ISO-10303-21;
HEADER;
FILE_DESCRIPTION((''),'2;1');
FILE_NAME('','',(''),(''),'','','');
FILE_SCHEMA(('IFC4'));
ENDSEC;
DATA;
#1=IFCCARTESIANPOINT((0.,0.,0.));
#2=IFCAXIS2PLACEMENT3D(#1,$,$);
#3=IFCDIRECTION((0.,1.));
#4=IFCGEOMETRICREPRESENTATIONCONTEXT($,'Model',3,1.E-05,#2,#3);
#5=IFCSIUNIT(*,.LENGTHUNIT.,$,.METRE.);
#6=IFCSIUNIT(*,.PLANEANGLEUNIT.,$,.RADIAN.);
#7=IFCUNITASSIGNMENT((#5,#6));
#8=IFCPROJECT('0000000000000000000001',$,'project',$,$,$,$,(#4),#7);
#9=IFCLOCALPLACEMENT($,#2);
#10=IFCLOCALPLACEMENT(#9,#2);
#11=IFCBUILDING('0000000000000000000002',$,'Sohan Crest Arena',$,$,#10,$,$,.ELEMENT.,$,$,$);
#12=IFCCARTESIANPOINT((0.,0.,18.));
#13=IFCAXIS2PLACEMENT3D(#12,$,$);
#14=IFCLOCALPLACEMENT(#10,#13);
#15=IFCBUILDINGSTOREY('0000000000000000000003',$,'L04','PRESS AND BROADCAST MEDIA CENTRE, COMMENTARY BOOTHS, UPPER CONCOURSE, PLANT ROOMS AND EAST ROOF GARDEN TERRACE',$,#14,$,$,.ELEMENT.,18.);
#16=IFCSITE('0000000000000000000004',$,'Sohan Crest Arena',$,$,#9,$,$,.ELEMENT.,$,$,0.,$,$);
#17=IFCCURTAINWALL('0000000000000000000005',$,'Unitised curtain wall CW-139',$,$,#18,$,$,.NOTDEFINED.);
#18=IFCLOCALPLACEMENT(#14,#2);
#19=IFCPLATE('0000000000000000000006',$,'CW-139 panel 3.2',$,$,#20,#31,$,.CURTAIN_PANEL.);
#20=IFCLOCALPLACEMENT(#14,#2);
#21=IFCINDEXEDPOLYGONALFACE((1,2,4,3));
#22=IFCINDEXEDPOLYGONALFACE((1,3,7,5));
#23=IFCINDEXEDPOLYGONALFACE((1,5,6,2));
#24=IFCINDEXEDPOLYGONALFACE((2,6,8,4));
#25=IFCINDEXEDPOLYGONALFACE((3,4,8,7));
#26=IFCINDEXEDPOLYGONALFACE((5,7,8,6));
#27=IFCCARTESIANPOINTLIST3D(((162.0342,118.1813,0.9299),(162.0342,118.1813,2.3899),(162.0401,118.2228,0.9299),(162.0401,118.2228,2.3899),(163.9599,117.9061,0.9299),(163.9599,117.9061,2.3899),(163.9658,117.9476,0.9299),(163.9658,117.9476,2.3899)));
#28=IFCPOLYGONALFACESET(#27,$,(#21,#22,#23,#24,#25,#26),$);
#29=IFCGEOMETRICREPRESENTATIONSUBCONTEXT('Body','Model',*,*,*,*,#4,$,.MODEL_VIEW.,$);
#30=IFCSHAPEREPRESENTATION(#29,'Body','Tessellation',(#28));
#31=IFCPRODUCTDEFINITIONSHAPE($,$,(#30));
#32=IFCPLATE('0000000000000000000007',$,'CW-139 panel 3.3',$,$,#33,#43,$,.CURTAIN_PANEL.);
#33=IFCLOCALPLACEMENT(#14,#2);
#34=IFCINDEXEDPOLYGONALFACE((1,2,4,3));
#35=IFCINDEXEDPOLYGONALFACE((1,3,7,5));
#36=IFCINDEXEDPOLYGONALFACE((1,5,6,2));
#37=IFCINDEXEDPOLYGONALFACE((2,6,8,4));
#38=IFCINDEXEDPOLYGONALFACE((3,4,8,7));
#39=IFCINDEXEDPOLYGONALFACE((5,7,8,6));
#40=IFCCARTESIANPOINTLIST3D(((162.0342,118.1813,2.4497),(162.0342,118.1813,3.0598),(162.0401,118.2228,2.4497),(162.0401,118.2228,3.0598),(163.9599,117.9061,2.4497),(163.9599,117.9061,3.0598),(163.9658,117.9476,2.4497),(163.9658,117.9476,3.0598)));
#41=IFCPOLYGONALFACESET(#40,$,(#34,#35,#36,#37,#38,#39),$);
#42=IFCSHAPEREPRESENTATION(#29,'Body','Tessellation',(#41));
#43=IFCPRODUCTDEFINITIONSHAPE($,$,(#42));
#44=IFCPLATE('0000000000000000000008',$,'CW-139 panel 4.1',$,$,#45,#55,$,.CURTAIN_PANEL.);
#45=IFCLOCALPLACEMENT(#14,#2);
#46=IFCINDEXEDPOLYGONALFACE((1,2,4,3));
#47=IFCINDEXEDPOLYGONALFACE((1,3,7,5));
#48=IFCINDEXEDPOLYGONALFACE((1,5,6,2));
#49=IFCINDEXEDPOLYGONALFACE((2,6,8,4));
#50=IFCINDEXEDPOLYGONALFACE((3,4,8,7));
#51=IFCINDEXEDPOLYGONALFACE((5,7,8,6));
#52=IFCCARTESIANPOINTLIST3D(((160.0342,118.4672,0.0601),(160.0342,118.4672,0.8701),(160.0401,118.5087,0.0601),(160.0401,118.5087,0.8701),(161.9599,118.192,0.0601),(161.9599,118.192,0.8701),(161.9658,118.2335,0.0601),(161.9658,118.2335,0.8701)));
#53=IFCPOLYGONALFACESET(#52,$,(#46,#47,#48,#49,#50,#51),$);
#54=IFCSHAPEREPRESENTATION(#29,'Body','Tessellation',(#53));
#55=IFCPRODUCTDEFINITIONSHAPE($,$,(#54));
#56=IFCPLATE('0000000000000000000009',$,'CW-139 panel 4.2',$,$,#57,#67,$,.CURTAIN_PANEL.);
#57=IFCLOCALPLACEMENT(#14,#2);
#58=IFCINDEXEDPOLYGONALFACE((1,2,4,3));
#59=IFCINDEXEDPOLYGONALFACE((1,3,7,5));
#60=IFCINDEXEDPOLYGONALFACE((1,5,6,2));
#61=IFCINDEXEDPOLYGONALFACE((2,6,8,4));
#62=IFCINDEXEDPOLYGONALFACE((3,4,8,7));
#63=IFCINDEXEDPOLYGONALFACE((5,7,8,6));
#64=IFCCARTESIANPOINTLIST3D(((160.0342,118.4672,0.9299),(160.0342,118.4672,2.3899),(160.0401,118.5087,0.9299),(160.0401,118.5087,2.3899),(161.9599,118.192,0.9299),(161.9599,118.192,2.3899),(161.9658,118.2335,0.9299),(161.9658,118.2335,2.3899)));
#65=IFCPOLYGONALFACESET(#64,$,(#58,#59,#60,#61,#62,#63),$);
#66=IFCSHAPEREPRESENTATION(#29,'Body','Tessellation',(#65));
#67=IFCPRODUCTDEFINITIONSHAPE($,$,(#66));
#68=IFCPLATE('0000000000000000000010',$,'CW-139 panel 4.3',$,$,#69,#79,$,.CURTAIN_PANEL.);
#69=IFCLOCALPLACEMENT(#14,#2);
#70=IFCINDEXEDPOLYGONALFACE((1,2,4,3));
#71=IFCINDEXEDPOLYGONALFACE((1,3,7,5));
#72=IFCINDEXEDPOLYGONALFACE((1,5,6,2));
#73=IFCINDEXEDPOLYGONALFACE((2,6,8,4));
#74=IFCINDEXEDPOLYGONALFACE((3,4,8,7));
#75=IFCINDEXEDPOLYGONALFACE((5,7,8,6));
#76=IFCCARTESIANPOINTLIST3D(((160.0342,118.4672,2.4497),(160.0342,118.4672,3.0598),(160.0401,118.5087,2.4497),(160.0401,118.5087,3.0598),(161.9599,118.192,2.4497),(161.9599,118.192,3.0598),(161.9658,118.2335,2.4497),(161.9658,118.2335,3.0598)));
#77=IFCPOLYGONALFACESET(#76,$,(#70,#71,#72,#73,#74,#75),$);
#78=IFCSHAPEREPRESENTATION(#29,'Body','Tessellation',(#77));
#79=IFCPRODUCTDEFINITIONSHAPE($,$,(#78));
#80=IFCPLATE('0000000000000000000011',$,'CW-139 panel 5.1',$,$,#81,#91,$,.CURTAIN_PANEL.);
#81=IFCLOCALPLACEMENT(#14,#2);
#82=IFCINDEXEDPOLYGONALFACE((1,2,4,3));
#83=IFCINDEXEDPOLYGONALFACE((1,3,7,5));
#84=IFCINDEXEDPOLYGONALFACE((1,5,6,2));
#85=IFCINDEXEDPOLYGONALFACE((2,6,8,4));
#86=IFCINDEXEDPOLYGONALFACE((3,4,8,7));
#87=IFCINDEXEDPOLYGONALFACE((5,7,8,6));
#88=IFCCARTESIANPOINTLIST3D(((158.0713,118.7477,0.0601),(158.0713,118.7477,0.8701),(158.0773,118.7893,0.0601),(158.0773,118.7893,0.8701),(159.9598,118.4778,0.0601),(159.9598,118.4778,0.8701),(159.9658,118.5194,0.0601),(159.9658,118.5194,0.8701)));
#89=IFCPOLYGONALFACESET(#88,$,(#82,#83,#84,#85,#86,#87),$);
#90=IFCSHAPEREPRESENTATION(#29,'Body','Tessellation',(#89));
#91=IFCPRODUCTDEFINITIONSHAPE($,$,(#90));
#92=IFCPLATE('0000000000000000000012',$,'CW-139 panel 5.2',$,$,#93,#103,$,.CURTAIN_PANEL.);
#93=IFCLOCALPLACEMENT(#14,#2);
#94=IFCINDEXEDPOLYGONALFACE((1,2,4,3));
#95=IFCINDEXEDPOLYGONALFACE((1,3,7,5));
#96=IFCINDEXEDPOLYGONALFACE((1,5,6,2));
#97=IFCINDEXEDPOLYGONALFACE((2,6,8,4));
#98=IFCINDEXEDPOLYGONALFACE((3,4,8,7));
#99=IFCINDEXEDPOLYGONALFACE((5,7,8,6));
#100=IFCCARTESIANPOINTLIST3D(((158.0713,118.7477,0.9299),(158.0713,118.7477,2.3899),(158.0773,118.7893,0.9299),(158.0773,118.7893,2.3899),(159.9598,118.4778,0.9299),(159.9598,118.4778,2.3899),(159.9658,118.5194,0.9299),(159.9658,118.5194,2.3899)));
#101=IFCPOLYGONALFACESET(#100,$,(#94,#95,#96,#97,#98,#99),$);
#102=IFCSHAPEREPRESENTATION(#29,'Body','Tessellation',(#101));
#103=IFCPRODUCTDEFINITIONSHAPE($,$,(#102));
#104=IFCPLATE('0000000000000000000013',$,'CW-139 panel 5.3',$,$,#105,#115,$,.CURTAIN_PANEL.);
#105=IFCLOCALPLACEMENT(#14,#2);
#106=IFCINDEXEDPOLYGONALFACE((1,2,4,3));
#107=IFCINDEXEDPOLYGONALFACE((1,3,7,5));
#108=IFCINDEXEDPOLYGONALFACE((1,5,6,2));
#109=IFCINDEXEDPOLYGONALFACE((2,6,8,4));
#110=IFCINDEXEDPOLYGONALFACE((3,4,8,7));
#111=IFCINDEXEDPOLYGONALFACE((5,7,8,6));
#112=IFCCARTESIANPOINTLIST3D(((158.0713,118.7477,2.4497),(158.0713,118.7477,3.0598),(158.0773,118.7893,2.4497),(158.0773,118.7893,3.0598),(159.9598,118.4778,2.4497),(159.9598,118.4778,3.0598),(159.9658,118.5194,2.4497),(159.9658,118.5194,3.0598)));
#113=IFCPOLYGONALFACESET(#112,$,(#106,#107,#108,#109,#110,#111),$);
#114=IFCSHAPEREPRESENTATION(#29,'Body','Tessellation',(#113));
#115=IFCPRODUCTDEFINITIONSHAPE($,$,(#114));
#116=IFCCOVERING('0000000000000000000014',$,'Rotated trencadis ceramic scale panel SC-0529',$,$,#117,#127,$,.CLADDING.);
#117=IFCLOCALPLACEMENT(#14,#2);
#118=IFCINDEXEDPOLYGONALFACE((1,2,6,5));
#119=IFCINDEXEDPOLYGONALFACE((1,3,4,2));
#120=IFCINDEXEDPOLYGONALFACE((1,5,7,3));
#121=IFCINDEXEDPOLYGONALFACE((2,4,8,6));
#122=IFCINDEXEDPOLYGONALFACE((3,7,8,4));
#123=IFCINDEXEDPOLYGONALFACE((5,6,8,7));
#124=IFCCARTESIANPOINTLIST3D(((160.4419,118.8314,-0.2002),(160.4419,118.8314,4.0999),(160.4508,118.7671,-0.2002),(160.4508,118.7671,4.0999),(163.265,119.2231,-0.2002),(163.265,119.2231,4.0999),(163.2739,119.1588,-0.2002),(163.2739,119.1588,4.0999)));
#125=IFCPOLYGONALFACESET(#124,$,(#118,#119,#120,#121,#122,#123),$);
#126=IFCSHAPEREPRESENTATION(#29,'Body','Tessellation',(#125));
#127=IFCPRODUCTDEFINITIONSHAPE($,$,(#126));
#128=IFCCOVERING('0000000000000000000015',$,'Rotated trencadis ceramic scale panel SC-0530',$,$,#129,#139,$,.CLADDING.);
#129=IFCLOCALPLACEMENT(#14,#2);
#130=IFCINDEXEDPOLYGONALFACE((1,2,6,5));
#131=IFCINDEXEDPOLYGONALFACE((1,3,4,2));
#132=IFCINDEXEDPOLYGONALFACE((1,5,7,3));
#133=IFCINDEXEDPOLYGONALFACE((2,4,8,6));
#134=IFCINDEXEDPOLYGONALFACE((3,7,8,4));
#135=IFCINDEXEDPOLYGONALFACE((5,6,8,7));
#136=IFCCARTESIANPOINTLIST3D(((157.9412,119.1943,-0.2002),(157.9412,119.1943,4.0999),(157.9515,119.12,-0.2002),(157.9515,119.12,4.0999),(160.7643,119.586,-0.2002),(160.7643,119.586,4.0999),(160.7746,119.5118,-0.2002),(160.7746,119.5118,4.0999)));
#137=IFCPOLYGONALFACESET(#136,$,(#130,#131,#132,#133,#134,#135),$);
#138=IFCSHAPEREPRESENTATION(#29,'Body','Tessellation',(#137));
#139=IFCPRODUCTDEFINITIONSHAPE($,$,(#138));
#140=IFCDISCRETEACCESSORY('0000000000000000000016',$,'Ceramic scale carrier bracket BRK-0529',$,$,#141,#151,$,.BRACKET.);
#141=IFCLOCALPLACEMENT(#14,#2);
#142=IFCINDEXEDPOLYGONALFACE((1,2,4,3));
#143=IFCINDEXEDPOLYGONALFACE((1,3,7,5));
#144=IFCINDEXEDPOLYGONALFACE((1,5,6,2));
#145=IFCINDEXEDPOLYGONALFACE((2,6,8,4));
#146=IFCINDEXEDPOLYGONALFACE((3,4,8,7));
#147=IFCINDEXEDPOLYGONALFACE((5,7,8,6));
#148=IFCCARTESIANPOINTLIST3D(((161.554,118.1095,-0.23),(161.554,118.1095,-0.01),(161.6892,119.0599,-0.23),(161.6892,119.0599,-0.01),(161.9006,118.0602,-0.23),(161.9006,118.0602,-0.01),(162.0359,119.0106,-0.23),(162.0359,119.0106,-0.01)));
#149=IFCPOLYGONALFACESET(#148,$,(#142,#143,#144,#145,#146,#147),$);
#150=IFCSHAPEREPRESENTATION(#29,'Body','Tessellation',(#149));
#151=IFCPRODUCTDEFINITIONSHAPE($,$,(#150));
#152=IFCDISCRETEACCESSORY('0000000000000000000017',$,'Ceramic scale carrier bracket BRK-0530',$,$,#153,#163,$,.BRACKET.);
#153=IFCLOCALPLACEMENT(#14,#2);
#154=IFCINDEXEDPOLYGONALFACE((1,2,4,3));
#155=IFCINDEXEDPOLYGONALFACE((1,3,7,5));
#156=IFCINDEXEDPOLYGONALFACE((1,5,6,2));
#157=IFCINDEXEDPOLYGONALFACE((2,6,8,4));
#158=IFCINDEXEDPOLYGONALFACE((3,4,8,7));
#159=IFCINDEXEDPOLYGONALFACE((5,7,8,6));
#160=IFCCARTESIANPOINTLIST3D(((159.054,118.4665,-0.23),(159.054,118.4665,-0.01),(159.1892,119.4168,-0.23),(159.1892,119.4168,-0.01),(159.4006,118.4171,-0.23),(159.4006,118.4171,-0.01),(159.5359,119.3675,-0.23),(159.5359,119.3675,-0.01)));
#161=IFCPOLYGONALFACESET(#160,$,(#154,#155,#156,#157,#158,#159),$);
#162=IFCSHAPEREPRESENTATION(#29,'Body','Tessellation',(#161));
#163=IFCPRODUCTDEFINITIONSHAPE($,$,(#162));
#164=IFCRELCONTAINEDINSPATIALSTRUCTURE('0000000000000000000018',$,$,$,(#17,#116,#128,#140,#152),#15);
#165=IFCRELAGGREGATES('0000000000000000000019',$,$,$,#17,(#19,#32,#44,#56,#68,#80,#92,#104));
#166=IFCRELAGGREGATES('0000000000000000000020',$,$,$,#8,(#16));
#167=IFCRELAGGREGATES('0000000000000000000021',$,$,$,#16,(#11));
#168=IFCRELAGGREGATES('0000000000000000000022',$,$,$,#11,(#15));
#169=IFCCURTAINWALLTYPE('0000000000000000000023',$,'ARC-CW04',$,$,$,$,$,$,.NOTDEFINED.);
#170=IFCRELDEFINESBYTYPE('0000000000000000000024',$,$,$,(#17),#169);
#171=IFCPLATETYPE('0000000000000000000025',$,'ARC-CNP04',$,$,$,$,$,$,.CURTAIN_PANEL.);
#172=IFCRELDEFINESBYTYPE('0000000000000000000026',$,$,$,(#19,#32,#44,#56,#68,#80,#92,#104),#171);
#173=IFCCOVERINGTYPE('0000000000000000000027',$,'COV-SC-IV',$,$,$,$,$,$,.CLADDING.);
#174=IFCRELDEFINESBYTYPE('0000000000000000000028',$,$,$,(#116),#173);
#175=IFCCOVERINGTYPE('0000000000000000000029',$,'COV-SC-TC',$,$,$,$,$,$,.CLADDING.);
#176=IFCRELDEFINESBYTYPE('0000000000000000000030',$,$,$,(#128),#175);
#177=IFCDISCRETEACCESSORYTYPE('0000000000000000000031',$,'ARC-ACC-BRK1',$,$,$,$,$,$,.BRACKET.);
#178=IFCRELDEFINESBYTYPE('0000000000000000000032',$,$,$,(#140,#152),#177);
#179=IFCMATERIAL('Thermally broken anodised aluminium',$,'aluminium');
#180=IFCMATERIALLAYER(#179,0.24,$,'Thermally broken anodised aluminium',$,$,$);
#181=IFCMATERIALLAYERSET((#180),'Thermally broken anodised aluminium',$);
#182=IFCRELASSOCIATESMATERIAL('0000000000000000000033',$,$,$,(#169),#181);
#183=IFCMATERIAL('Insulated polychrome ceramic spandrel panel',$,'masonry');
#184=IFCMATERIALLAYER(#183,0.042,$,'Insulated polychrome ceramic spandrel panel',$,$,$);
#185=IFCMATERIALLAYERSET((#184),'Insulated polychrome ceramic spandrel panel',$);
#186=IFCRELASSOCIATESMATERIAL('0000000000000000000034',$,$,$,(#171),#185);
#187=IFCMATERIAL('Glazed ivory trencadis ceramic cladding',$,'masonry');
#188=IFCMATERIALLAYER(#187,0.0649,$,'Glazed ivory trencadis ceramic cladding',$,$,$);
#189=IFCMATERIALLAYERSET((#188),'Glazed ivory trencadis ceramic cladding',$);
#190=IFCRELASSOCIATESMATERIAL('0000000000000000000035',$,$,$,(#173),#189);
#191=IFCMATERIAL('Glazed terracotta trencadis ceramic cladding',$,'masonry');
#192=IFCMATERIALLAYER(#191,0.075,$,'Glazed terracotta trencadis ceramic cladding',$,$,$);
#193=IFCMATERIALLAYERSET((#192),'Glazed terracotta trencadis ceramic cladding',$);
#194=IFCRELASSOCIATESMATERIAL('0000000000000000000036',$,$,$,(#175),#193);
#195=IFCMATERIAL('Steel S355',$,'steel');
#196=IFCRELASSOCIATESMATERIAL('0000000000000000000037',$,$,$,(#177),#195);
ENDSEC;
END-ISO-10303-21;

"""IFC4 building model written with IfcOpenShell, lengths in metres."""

from ifc_helpers import new_model, si_unit, direction, frame, origin, origin_2d, place, context, subcontext, project, spatial, rectangle, extrude, material, layer, layer_set, type_object, element, aggregate, save


model = new_model("IFC4")

# Units and contexts
model_context = context("Model", 3, precision=1e-05, world=origin(), true_north=direction((0.0, 1.0)))
body_context = subcontext(model_context, "Body", "Model", "MODEL_VIEW")
ifc_project = project(units=[si_unit("LENGTHUNIT", "METRE"), si_unit("PLANEANGLEUNIT", "RADIAN")], contexts=[model_context])

# Site, building, storey
site_placement = place(None, origin())
site = spatial("IfcSite", under=ifc_project, at=site_placement, Name="Sohan Crest Arena", CompositionType="ELEMENT", RefElevation=0.0)
building_placement = place(site_placement, origin())
building = spatial("IfcBuilding", under=site, at=building_placement, Name="Sohan Crest Arena", CompositionType="ELEMENT")
storey_placement = place(building_placement, frame((0.0, 0.0, 18.0)))
storey = spatial("IfcBuildingStorey", under=building, at=storey_placement, Name="L04", Description="PRESS AND BROADCAST MEDIA CENTRE, COMMENTARY BOOTHS, UPPER CONCOURSE, PLANT ROOMS AND EAST ROOF GARDEN TERRACE", CompositionType="ELEMENT", Elevation=18.0)

# Curtain wall, plates
ifc_material_1 = material(Name="Thermally broken anodised aluminium", Category="aluminium")
ifc_layer_1 = layer(ifc_material_1, 0.24, Name="Thermally broken anodised aluminium")
ifc_layer_set_1 = layer_set([ifc_layer_1], Name="Thermally broken anodised aluminium")
curtain_wall_type = type_object("IfcCurtainWallType", Name="ARC-CW04", PredefinedType="NOTDEFINED", material=ifc_layer_set_1)
curtain_wall_placement = place(storey_placement, origin())
curtain_wall = element("IfcCurtainWall", 1, at=curtain_wall_placement, inside=storey, type_object=curtain_wall_type, Name="Unitised curtain wall CW-139", PredefinedType="NOTDEFINED")
ifc_material_2 = material(Name="Insulated polychrome ceramic spandrel panel", Category="masonry")
ifc_layer_2 = layer(ifc_material_2, 0.042, Name="Insulated polychrome ceramic spandrel panel")
ifc_layer_set_2 = layer_set([ifc_layer_2], Name="Insulated polychrome ceramic spandrel panel")
plate_type = type_object("IfcPlateType", Name="ARC-CNP04", PredefinedType="CURTAIN_PANEL", material=ifc_layer_set_2)
plate_1_placement = place(storey_placement, frame((163.0, 118.0645, 0.9299), z_axis=(0.0, 0.0, 1.0), x_axis=(-0.989944, 0.141463, 0.0)))
plate_1 = element("IfcPlate", 2, at=plate_1_placement, type_object=plate_type, Name="CW-139 panel 3.2", PredefinedType="CURTAIN_PANEL", context=body_context, shape_type="SweptSolid", body=[
    extrude(rectangle(XDim=1.9453, YDim=0.042, at=origin_2d()), origin(), (0.0, 0.0, 1.0), 1.46),
])
plate_2_placement = place(storey_placement, frame((163.0, 118.0645, 2.4497), z_axis=(0.0, 0.0, 1.0), x_axis=(-0.989944, 0.141463, 0.0)))
plate_2 = element("IfcPlate", 3, at=plate_2_placement, type_object=plate_type, Name="CW-139 panel 3.3", PredefinedType="CURTAIN_PANEL", context=body_context, shape_type="SweptSolid", body=[
    extrude(rectangle(XDim=1.9453, YDim=0.042, at=origin_2d()), origin(), (0.0, 0.0, 1.0), 0.6101),
])
plate_3_placement = place(storey_placement, frame((161.0, 118.3503, 0.0601), z_axis=(0.0, 0.0, 1.0), x_axis=(-0.989944, 0.141463, 0.0)))
plate_3 = element("IfcPlate", 4, at=plate_3_placement, type_object=plate_type, Name="CW-139 panel 4.1", PredefinedType="CURTAIN_PANEL", context=body_context, shape_type="SweptSolid", body=[
    extrude(rectangle(XDim=1.9453, YDim=0.042, at=origin_2d()), origin(), (0.0, 0.0, 1.0), 0.8101),
])
plate_4_placement = place(storey_placement, frame((161.0, 118.3503, 0.9299), z_axis=(0.0, 0.0, 1.0), x_axis=(-0.989944, 0.141463, 0.0)))
plate_4 = element("IfcPlate", 5, at=plate_4_placement, type_object=plate_type, Name="CW-139 panel 4.2", PredefinedType="CURTAIN_PANEL", context=body_context, shape_type="SweptSolid", body=[
    extrude(rectangle(XDim=1.9453, YDim=0.042, at=origin_2d()), origin(), (0.0, 0.0, 1.0), 1.46),
])
plate_5_placement = place(storey_placement, frame((161.0, 118.3503, 2.4497), z_axis=(0.0, 0.0, 1.0), x_axis=(-0.989944, 0.141463, 0.0)))
plate_5 = element("IfcPlate", 6, at=plate_5_placement, type_object=plate_type, Name="CW-139 panel 4.3", PredefinedType="CURTAIN_PANEL", context=body_context, shape_type="SweptSolid", body=[
    extrude(rectangle(XDim=1.9453, YDim=0.042, at=origin_2d()), origin(), (0.0, 0.0, 1.0), 0.6101),
])
plate_6_placement = place(storey_placement, frame((159.0186, 118.6335, 0.0601), z_axis=(0.0, 0.0, 1.0), x_axis=(-0.989944, 0.141463, 0.0)))
plate_6 = element("IfcPlate", 7, at=plate_6_placement, type_object=plate_type, Name="CW-139 panel 5.1", PredefinedType="CURTAIN_PANEL", context=body_context, shape_type="SweptSolid", body=[
    extrude(rectangle(XDim=1.9077, YDim=0.042, at=origin_2d()), origin(), (0.0, 0.0, 1.0), 0.8101),
])
plate_7_placement = place(storey_placement, frame((159.0186, 118.6335, 0.9299), z_axis=(0.0, 0.0, 1.0), x_axis=(-0.989944, 0.141463, 0.0)))
plate_7 = element("IfcPlate", 8, at=plate_7_placement, type_object=plate_type, Name="CW-139 panel 5.2", PredefinedType="CURTAIN_PANEL", context=body_context, shape_type="SweptSolid", body=[
    extrude(rectangle(XDim=1.9077, YDim=0.042, at=origin_2d()), origin(), (0.0, 0.0, 1.0), 1.46),
])
plate_8_placement = place(storey_placement, frame((159.0186, 118.6335, 2.4497), z_axis=(0.0, 0.0, 1.0), x_axis=(-0.989944, 0.141463, 0.0)))
plate_8 = element("IfcPlate", 9, at=plate_8_placement, type_object=plate_type, Name="CW-139 panel 5.3", PredefinedType="CURTAIN_PANEL", context=body_context, shape_type="SweptSolid", body=[
    extrude(rectangle(XDim=1.9077, YDim=0.042, at=origin_2d()), origin(), (0.0, 0.0, 1.0), 0.6101),
])
aggregate(curtain_wall, [plate_1, plate_2, plate_3, plate_4, plate_5, plate_6, plate_7, plate_8])

# Coverings
ifc_material_3 = material(Name="Glazed ivory trencadis ceramic cladding", Category="masonry")
ifc_layer_3 = layer(ifc_material_3, 0.0649, Name="Glazed ivory trencadis ceramic cladding")
ifc_layer_set_3 = layer_set([ifc_layer_3], Name="Glazed ivory trencadis ceramic cladding")
covering_type_1 = type_object("IfcCoveringType", Name="COV-SC-IV", PredefinedType="CLADDING", material=ifc_layer_set_3)
covering_1_placement = place(storey_placement, frame((161.8579, 118.9951, -0.2002), z_axis=(0.0, 0.0, 1.0), x_axis=(-0.990509, -0.137445, 0.0)))
element("IfcCovering", 10, at=covering_1_placement, inside=storey, type_object=covering_type_1, Name="Rotated trencadis ceramic scale panel SC-0529", PredefinedType="CLADDING", context=body_context, shape_type="SweptSolid", body=[
    extrude(rectangle(XDim=2.8501, YDim=0.0649, at=origin_2d()), origin(), (0.0, 0.0, 1.0), 4.3),
])
ifc_material_4 = material(Name="Glazed terracotta trencadis ceramic cladding", Category="masonry")
ifc_layer_4 = layer(ifc_material_4, 0.075, Name="Glazed terracotta trencadis ceramic cladding")
ifc_layer_set_4 = layer_set([ifc_layer_4], Name="Glazed terracotta trencadis ceramic cladding")
covering_type_2 = type_object("IfcCoveringType", Name="COV-SC-TC", PredefinedType="CLADDING", material=ifc_layer_set_4)
covering_2_placement = place(storey_placement, frame((159.3579, 119.353, -0.2002), z_axis=(0.0, 0.0, 1.0), x_axis=(-0.990509, -0.137445, 0.0)))
element("IfcCovering", 11, at=covering_2_placement, inside=storey, type_object=covering_type_2, Name="Rotated trencadis ceramic scale panel SC-0530", PredefinedType="CLADDING", context=body_context, shape_type="SweptSolid", body=[
    extrude(rectangle(XDim=2.8501, YDim=0.075, at=origin_2d()), origin(), (0.0, 0.0, 1.0), 4.3),
])

# Discrete accessories
ifc_material_5 = material(Name="Steel S355", Category="steel")
discrete_accessory_type = type_object("IfcDiscreteAccessoryType", Name="ARC-ACC-BRK1", PredefinedType="BRACKET", material=ifc_material_5)
for number, where, z_axis, x_axis, name in (
    (12, (161.7949, 118.5601, -0.23), (0.0, 0.0, 1.0), (-0.990024, 0.140901, 0.0), "Ceramic scale carrier bracket BRK-0529"),
    (13, (159.2949, 118.917, -0.23), (0.0, 0.0, 1.0), (-0.990024, 0.140901, 0.0), "Ceramic scale carrier bracket BRK-0530"),
):
    element("IfcDiscreteAccessory", number, at=place(storey_placement, frame(where, z_axis=z_axis, x_axis=x_axis)), inside=storey, type_object=discrete_accessory_type, Name=name, PredefinedType="BRACKET", context=body_context, shape_type="SweptSolid", body=[
        extrude(rectangle(XDim=0.3501, YDim=0.96, at=origin_2d()), origin(), (0.0, 0.0, 1.0), 0.22),
    ])

save(model, "model.ifc")
